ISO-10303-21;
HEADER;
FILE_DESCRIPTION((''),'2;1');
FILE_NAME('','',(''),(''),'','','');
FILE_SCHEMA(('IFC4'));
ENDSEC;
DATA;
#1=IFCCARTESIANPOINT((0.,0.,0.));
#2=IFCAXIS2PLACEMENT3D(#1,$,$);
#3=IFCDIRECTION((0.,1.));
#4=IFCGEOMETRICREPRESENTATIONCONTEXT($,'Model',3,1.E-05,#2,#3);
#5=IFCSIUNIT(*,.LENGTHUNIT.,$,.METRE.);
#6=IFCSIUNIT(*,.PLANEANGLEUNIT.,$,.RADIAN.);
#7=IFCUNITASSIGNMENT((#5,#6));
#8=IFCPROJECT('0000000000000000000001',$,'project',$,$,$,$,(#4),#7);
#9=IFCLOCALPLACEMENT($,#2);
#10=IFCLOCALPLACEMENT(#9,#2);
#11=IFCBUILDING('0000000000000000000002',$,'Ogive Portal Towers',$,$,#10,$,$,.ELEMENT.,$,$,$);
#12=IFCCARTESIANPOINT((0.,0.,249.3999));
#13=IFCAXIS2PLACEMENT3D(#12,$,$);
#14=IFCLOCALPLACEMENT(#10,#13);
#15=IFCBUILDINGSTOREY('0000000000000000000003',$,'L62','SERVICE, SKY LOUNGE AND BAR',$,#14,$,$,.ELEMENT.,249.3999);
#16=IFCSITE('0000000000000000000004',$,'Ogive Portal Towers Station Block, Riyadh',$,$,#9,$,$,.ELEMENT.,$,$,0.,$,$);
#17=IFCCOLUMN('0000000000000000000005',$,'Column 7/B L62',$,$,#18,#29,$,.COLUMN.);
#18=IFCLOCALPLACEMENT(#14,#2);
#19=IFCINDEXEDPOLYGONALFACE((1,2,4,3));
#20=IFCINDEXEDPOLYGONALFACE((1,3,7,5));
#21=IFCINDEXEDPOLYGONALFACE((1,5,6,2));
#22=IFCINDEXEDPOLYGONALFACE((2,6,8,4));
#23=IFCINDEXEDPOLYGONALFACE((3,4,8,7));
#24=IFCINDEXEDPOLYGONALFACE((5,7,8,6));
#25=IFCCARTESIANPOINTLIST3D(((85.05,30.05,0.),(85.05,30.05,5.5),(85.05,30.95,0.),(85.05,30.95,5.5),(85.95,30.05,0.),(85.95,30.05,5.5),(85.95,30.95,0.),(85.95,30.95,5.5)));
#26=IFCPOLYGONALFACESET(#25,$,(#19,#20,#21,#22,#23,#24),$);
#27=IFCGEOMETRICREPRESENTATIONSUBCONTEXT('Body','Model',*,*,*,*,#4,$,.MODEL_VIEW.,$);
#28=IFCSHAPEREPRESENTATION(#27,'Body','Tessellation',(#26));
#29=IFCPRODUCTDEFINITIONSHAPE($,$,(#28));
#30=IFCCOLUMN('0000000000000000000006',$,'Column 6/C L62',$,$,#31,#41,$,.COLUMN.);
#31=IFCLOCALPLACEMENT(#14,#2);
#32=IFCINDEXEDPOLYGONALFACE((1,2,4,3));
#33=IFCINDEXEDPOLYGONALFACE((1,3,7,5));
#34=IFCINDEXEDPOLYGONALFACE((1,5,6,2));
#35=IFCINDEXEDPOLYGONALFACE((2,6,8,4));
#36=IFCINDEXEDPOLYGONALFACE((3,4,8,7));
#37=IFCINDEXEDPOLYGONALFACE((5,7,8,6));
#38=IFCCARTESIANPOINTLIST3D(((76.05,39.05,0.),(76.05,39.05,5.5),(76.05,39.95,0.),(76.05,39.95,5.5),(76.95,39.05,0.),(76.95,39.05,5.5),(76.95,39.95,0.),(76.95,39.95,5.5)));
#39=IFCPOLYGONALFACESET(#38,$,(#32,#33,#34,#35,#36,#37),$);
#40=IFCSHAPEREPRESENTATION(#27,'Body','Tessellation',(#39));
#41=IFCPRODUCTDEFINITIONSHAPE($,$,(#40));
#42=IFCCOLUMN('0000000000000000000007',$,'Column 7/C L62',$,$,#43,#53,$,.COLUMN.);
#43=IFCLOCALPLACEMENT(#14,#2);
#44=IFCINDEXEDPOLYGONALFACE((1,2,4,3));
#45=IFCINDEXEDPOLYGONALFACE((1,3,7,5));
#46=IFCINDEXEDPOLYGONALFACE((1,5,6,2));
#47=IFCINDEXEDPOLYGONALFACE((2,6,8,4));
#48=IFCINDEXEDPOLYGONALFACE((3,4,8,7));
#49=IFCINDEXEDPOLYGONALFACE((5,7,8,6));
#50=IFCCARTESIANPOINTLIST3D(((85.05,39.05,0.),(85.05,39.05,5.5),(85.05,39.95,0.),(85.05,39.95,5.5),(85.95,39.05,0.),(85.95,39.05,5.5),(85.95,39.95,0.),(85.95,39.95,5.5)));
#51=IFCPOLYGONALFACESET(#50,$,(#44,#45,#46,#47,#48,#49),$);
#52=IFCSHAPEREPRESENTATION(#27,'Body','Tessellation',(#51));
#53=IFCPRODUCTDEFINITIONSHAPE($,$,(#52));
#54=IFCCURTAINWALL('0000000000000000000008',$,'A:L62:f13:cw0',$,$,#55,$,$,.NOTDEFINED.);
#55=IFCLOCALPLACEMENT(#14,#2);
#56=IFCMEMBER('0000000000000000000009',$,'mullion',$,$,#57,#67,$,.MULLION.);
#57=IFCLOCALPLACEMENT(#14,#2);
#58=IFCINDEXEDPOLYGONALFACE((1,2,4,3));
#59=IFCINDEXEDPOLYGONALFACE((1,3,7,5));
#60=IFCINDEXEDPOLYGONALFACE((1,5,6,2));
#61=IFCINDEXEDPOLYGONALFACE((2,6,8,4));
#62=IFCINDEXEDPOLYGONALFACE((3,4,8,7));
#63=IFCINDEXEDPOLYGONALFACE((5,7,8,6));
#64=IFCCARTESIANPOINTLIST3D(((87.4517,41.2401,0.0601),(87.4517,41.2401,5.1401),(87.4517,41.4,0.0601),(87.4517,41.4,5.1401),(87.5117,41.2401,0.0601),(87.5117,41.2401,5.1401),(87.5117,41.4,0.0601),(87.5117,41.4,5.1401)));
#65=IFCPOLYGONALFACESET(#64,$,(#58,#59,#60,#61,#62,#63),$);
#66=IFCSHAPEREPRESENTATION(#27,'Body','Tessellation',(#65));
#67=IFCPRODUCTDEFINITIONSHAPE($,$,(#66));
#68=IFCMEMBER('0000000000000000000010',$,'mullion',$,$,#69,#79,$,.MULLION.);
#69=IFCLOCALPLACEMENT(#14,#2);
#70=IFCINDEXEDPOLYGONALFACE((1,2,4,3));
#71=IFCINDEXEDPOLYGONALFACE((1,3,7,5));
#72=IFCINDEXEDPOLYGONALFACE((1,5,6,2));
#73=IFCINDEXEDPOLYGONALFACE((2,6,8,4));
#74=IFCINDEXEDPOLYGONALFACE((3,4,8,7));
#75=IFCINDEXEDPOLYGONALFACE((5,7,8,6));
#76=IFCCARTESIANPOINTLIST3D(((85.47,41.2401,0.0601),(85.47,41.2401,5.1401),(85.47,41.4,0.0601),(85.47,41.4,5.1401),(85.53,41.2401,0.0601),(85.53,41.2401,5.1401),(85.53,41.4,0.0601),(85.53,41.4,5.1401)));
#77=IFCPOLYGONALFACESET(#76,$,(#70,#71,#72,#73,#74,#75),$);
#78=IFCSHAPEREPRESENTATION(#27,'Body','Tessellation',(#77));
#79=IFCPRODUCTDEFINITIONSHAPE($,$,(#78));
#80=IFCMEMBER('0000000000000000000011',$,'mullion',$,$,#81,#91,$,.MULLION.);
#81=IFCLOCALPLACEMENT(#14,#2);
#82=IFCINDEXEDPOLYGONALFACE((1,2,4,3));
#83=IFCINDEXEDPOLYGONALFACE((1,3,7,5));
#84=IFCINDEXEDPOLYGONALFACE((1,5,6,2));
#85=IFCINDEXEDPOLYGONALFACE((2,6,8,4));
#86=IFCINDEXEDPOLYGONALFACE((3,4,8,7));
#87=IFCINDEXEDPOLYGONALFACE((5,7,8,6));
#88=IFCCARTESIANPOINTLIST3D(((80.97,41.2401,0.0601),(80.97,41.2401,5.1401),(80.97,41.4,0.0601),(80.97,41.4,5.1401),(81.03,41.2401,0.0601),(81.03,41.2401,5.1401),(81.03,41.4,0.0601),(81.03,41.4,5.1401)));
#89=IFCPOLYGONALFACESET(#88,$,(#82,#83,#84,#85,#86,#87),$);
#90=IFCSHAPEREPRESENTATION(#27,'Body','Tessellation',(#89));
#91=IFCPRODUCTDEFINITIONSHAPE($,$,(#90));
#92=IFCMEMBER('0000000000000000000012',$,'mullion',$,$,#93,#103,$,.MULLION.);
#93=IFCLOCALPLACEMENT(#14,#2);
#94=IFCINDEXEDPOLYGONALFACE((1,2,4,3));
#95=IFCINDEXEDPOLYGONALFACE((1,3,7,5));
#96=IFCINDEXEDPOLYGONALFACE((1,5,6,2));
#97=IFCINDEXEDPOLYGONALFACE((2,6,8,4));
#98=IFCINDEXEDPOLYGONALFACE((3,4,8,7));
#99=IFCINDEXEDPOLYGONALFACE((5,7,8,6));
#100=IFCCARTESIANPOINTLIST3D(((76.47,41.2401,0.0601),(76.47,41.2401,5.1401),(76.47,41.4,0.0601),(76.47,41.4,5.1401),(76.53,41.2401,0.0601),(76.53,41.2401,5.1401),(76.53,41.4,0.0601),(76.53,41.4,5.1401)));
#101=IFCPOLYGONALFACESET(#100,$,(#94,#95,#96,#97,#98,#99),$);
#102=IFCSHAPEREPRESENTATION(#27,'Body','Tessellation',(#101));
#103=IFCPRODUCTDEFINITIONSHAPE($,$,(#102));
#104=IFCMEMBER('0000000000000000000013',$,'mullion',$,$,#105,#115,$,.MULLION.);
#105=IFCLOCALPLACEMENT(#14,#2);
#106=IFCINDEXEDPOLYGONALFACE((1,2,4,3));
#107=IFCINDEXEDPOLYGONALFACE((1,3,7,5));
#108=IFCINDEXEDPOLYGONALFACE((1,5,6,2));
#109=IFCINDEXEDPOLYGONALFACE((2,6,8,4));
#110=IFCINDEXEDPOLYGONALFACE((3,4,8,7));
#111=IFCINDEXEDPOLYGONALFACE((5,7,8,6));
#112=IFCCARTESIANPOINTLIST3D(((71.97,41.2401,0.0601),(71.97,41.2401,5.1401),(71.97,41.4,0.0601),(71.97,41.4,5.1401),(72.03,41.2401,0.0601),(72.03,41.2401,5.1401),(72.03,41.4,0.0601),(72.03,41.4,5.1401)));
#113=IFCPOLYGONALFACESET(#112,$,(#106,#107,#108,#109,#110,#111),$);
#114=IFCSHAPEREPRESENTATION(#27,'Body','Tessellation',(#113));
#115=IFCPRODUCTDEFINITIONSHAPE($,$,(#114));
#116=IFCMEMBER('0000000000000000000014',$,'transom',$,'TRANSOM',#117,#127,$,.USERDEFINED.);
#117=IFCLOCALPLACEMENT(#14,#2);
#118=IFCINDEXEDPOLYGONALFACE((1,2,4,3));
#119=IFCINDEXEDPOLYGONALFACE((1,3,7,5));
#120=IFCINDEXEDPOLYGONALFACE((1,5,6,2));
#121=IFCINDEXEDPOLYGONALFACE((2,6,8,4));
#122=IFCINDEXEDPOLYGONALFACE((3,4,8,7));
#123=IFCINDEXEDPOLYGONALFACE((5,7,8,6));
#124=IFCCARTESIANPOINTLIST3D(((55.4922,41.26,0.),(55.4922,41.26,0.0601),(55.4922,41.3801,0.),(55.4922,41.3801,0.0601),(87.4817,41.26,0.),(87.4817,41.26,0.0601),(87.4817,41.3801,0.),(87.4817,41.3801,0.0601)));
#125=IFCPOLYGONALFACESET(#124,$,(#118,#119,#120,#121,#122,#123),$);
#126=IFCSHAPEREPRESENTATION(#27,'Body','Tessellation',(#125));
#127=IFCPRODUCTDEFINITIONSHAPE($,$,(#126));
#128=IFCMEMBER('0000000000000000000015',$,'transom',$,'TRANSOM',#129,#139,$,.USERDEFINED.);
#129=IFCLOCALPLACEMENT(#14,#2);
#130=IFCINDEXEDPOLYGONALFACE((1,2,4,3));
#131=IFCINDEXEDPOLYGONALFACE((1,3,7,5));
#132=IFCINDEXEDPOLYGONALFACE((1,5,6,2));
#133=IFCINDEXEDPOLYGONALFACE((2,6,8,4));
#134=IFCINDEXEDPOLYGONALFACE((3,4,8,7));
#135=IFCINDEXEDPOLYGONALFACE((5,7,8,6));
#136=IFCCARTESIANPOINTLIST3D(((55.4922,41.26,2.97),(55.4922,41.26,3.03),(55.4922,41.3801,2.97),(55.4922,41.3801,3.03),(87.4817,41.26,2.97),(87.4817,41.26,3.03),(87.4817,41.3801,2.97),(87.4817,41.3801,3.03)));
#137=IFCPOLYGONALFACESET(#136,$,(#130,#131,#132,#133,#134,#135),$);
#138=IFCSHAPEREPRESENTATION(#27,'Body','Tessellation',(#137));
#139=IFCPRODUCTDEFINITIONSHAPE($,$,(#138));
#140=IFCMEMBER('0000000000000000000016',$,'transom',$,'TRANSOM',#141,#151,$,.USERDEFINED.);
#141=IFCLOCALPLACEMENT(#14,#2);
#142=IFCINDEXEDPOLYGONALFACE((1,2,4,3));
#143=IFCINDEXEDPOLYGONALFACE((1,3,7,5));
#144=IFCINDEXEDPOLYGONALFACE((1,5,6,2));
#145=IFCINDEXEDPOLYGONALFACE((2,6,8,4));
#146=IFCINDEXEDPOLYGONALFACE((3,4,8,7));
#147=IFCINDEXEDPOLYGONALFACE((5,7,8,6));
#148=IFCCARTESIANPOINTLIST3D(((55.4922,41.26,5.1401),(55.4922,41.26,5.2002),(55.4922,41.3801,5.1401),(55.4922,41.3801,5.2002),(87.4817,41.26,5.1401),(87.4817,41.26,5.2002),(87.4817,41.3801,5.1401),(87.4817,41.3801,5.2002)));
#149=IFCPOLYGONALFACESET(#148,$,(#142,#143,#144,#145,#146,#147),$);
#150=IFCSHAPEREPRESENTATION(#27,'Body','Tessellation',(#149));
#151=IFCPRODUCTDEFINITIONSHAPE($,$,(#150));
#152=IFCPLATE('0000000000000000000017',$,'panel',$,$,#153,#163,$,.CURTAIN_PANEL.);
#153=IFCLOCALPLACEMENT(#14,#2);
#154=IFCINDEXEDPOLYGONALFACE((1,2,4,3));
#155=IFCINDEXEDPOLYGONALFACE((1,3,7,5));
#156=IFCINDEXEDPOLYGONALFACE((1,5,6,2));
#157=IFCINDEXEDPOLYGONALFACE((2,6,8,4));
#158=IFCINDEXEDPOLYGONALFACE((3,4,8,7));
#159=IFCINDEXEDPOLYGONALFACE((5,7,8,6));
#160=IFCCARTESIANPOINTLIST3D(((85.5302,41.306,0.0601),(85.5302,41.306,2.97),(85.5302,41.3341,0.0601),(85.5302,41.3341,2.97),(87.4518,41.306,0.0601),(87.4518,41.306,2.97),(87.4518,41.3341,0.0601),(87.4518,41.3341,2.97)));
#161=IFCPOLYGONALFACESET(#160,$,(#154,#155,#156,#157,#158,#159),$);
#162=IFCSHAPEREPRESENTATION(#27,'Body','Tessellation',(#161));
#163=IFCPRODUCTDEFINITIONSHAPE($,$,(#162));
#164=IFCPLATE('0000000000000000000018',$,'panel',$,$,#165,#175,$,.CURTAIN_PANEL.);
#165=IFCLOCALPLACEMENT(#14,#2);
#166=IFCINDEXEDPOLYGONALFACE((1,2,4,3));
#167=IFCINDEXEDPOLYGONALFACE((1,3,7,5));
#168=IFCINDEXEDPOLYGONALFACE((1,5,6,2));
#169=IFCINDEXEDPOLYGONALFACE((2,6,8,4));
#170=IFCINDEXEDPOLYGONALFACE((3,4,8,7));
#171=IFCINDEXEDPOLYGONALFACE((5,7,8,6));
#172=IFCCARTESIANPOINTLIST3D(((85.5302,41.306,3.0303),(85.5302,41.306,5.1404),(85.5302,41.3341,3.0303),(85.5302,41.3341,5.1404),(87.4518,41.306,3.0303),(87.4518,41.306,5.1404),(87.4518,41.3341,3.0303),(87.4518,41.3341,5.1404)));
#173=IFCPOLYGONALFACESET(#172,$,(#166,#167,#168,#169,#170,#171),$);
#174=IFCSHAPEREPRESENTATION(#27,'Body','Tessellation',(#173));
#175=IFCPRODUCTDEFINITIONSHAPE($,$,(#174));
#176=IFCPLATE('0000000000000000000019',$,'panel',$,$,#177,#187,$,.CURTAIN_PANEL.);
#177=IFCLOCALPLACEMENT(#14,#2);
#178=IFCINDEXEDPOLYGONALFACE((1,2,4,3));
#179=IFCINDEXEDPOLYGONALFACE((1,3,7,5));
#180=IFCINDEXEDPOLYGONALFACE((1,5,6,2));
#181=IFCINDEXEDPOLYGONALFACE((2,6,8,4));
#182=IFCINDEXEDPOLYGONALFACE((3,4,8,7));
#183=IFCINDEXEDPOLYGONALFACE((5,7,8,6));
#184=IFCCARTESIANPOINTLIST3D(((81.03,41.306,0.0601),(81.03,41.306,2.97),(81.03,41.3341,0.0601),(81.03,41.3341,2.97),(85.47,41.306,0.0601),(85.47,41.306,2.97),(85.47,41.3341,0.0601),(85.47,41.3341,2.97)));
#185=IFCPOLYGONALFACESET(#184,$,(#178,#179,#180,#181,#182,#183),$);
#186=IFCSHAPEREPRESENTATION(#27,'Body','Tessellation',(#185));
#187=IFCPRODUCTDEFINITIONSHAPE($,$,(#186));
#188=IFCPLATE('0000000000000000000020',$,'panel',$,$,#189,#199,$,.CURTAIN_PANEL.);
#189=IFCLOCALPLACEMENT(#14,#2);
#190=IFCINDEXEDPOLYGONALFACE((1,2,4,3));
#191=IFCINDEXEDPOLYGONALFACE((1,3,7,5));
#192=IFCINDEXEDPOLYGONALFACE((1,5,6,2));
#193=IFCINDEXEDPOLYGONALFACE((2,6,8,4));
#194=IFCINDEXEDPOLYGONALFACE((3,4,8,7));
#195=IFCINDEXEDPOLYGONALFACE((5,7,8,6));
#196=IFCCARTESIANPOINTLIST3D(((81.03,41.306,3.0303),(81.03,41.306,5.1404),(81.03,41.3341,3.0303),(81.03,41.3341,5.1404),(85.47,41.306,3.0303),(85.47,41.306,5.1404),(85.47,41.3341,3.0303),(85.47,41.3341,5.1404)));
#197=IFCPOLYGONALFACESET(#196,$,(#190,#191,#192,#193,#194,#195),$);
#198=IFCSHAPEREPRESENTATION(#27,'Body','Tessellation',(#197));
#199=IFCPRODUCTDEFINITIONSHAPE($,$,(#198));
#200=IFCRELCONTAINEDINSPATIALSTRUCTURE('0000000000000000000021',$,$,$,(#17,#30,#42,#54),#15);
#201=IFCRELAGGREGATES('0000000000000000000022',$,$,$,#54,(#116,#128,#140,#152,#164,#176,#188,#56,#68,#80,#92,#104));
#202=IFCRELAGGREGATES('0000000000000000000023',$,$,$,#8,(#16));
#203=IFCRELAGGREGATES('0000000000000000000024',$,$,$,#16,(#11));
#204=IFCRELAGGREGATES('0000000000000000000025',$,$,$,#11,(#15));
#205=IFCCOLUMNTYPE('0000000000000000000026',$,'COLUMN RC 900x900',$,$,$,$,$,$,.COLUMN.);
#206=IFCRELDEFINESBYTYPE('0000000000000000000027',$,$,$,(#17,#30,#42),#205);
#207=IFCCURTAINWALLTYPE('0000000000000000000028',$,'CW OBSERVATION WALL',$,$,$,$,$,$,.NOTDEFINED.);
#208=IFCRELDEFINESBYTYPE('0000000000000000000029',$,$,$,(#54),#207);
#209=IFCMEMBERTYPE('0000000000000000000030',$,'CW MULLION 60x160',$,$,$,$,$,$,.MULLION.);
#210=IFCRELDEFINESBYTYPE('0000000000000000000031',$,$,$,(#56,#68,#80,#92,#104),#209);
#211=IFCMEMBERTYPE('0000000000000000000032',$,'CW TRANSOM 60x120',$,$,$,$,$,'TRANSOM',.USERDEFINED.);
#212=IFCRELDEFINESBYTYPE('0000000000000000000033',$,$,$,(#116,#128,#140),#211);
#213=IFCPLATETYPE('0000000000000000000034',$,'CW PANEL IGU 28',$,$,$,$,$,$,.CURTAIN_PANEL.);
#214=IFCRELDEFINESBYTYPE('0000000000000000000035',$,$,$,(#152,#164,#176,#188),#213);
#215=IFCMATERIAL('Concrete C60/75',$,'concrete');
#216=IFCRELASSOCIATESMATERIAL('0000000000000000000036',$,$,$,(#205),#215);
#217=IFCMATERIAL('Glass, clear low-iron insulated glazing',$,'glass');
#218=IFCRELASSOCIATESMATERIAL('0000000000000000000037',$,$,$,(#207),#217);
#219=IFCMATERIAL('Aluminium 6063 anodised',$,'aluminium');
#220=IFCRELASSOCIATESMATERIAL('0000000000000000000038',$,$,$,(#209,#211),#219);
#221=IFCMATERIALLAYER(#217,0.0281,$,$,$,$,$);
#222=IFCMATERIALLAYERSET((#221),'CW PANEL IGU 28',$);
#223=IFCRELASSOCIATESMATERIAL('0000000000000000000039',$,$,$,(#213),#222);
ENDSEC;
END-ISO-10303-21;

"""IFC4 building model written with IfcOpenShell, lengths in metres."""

from ifc_helpers import new_model, si_unit, direction, frame, origin, origin_2d, place, context, subcontext, project, spatial, rectangle, extrude, material, layer, layer_set, material_profile, profile_set, type_object, element, aggregate, save


model = new_model("IFC4")

# Units and contexts
model_context = context("Model", 3, precision=1e-05, world=origin(), true_north=direction((0.0, 1.0)))
body_context = subcontext(model_context, "Body", "Model", "MODEL_VIEW")
ifc_project = project(units=[si_unit("LENGTHUNIT", "METRE"), si_unit("PLANEANGLEUNIT", "RADIAN")], contexts=[model_context])

# Site, building, storey
site_placement = place(None, origin())
site = spatial("IfcSite", under=ifc_project, at=site_placement, Name="Ogive Portal Towers Station Block, Riyadh", CompositionType="ELEMENT", RefElevation=0.0)
building_placement = place(site_placement, origin())
building = spatial("IfcBuilding", under=site, at=building_placement, Name="Ogive Portal Towers", CompositionType="ELEMENT")
storey_placement = place(building_placement, frame((0.0, 0.0, 249.3999)))
storey = spatial("IfcBuildingStorey", under=building, at=storey_placement, Name="L62", Description="SERVICE, SKY LOUNGE AND BAR", CompositionType="ELEMENT", Elevation=249.3999)

# Columns
ifc_material_1 = material(Name="Concrete C60/75", Category="concrete")
ifc_material_profile_1 = material_profile(ifc_material_1, rectangle(XDim=0.8999, YDim=0.8999, at=origin_2d()), Name="RC 900x900")
ifc_profile_set_1 = profile_set([ifc_material_profile_1], Name="Concrete C60/75")
column_type = type_object("IfcColumnType", Name="COLUMN RC 900x900", PredefinedType="COLUMN", material=ifc_profile_set_1)
for number, where, z_axis, x_axis, name in (
    (1, (85.5, 30.5, 0.0), (0.0, 0.0, 1.0), (1.0, 0.0, 0.0), "Column 7/B L62"),
    (2, (76.5, 39.5, 0.0), (0.0, 0.0, 1.0), (1.0, 0.0, 0.0), "Column 6/C L62"),
    (3, (85.5, 39.5, 0.0), (0.0, 0.0, 1.0), (1.0, 0.0, 0.0), "Column 7/C L62"),
):
    element("IfcColumn", number, at=place(storey_placement, frame(where, z_axis=z_axis, x_axis=x_axis)), inside=storey, type_object=column_type, Name=name, PredefinedType="COLUMN", context=body_context, shape_type="SweptSolid", body=[
        extrude(rectangle(XDim=0.8999, YDim=0.8999, at=origin_2d()), origin(), (0.0, 0.0, 1.0), 5.5),
    ])

# Curtain wall, members, plates
ifc_material_2 = material(Name="Glass, clear low-iron insulated glazing", Category="glass")
curtain_wall_type = type_object("IfcCurtainWallType", Name="CW OBSERVATION WALL", PredefinedType="NOTDEFINED", material=ifc_material_2)
curtain_wall_placement = place(storey_placement, origin())
curtain_wall = element("IfcCurtainWall", 4, at=curtain_wall_placement, inside=storey, type_object=curtain_wall_type, Name="A:L62:f13:cw0", PredefinedType="NOTDEFINED")
ifc_material_3 = material(Name="Aluminium 6063 anodised", Category="aluminium")
ifc_material_profile_2 = material_profile(ifc_material_3, rectangle(XDim=0.1599, YDim=0.0601, at=origin_2d()), Name="AL 60x160")
ifc_profile_set_2 = profile_set([ifc_material_profile_2], Name="Aluminium 6063 anodised")
member_type_1 = type_object("IfcMemberType", Name="CW MULLION 60x160", PredefinedType="MULLION", material=ifc_profile_set_2)
member_1_placement = place(storey_placement, frame((87.4817, 41.3201, 0.0601), z_axis=(0.0, 0.0, 1.0), x_axis=(0.0, -1.0, 0.0)))
member_1 = element("IfcMember", 5, at=member_1_placement, type_object=member_type_1, Name="mullion", PredefinedType="MULLION", context=body_context, shape_type="SweptSolid", body=[
    extrude(rectangle(XDim=0.1599, YDim=0.0601, at=origin_2d()), origin(), (0.0, 0.0, 1.0), 5.0801),
])
member_2_placement = place(storey_placement, frame((85.5, 41.3201, 0.0601), z_axis=(0.0, 0.0, 1.0), x_axis=(0.0, -1.0, 0.0)))
member_2 = element("IfcMember", 6, at=member_2_placement, type_object=member_type_1, Name="mullion", PredefinedType="MULLION", context=body_context, shape_type="SweptSolid", body=[
    extrude(rectangle(XDim=0.1599, YDim=0.0601, at=origin_2d()), origin(), (0.0, 0.0, 1.0), 5.0801),
])
member_3_placement = place(storey_placement, frame((81.0, 41.3201, 0.0601), z_axis=(0.0, 0.0, 1.0), x_axis=(0.0, -1.0, 0.0)))
member_3 = element("IfcMember", 7, at=member_3_placement, type_object=member_type_1, Name="mullion", PredefinedType="MULLION", context=body_context, shape_type="SweptSolid", body=[
    extrude(rectangle(XDim=0.1599, YDim=0.0601, at=origin_2d()), origin(), (0.0, 0.0, 1.0), 5.0801),
])
member_4_placement = place(storey_placement, frame((76.5, 41.3201, 0.0601), z_axis=(0.0, 0.0, 1.0), x_axis=(0.0, -1.0, 0.0)))
member_4 = element("IfcMember", 8, at=member_4_placement, type_object=member_type_1, Name="mullion", PredefinedType="MULLION", context=body_context, shape_type="SweptSolid", body=[
    extrude(rectangle(XDim=0.1599, YDim=0.0601, at=origin_2d()), origin(), (0.0, 0.0, 1.0), 5.0801),
])
member_5_placement = place(storey_placement, frame((72.0, 41.3201, 0.0601), z_axis=(0.0, 0.0, 1.0), x_axis=(0.0, -1.0, 0.0)))
member_5 = element("IfcMember", 9, at=member_5_placement, type_object=member_type_1, Name="mullion", PredefinedType="MULLION", context=body_context, shape_type="SweptSolid", body=[
    extrude(rectangle(XDim=0.1599, YDim=0.0601, at=origin_2d()), origin(), (0.0, 0.0, 1.0), 5.0801),
])
ifc_material_profile_3 = material_profile(ifc_material_3, rectangle(XDim=0.1201, YDim=0.0601, at=origin_2d()), Name="AL 120x60")
ifc_profile_set_3 = profile_set([ifc_material_profile_3], Name="Aluminium 6063 anodised")
member_type_2 = type_object("IfcMemberType", Name="CW TRANSOM 60x120", ElementType="TRANSOM", PredefinedType="USERDEFINED", material=ifc_profile_set_3)
member_6_placement = place(storey_placement, frame((87.4817, 41.3201, 0.03), z_axis=(-1.0, 0.0, 0.0), x_axis=(0.0, -1.0, 0.0)))
member_6 = element("IfcMember", 10, at=member_6_placement, type_object=member_type_2, Name="transom", ObjectType="TRANSOM", PredefinedType="USERDEFINED", context=body_context, shape_type="SweptSolid", body=[
    extrude(rectangle(XDim=0.1201, YDim=0.0601, at=origin_2d()), origin(), (0.0, 0.0, 1.0), 31.9895),
])
member_7_placement = place(storey_placement, frame((87.4817, 41.3201, 3.0), z_axis=(-1.0, 0.0, 0.0), x_axis=(0.0, -1.0, 0.0)))
member_7 = element("IfcMember", 11, at=member_7_placement, type_object=member_type_2, Name="transom", ObjectType="TRANSOM", PredefinedType="USERDEFINED", context=body_context, shape_type="SweptSolid", body=[
    extrude(rectangle(XDim=0.1201, YDim=0.0601, at=origin_2d()), origin(), (0.0, 0.0, 1.0), 31.9895),
])
member_8_placement = place(storey_placement, frame((87.4817, 41.3201, 5.1702), z_axis=(-1.0, 0.0, 0.0), x_axis=(0.0, -1.0, 0.0)))
member_8 = element("IfcMember", 12, at=member_8_placement, type_object=member_type_2, Name="transom", ObjectType="TRANSOM", PredefinedType="USERDEFINED", context=body_context, shape_type="SweptSolid", body=[
    extrude(rectangle(XDim=0.1201, YDim=0.0601, at=origin_2d()), origin(), (0.0, 0.0, 1.0), 31.9895),
])
ifc_layer_1 = layer(ifc_material_2, 0.0281)
ifc_layer_set_1 = layer_set([ifc_layer_1], Name="CW PANEL IGU 28")
plate_type = type_object("IfcPlateType", Name="CW PANEL IGU 28", PredefinedType="CURTAIN_PANEL", material=ifc_layer_set_1)
plate_1_placement = place(storey_placement, frame((86.491, 41.3201, 0.0601), z_axis=(0.0, 0.0, 1.0), x_axis=(-1.0, 0.0, 0.0)))
plate_1 = element("IfcPlate", 13, at=plate_1_placement, type_object=plate_type, Name="panel", PredefinedType="CURTAIN_PANEL", context=body_context, shape_type="SweptSolid", body=[
    extrude(rectangle(XDim=1.9216, YDim=0.0281, at=origin_2d()), origin(), (0.0, 0.0, 1.0), 2.9099),
])
plate_2_placement = place(storey_placement, frame((86.491, 41.3201, 3.0303), z_axis=(0.0, 0.0, 1.0), x_axis=(-1.0, 0.0, 0.0)))
plate_2 = element("IfcPlate", 14, at=plate_2_placement, type_object=plate_type, Name="panel", PredefinedType="CURTAIN_PANEL", context=body_context, shape_type="SweptSolid", body=[
    extrude(rectangle(XDim=1.9216, YDim=0.0281, at=origin_2d()), origin(), (0.0, 0.0, 1.0), 2.1101),
])
plate_3_placement = place(storey_placement, frame((83.25, 41.3201, 0.0601), z_axis=(0.0, 0.0, 1.0), x_axis=(-1.0, 0.0, 0.0)))
plate_3 = element("IfcPlate", 15, at=plate_3_placement, type_object=plate_type, Name="panel", PredefinedType="CURTAIN_PANEL", context=body_context, shape_type="SweptSolid", body=[
    extrude(rectangle(XDim=4.4399, YDim=0.0281, at=origin_2d()), origin(), (0.0, 0.0, 1.0), 2.9099),
])
plate_4_placement = place(storey_placement, frame((83.25, 41.3201, 3.0303), z_axis=(0.0, 0.0, 1.0), x_axis=(-1.0, 0.0, 0.0)))
plate_4 = element("IfcPlate", 16, at=plate_4_placement, type_object=plate_type, Name="panel", PredefinedType="CURTAIN_PANEL", context=body_context, shape_type="SweptSolid", body=[
    extrude(rectangle(XDim=4.4399, YDim=0.0281, at=origin_2d()), origin(), (0.0, 0.0, 1.0), 2.1101),
])
aggregate(curtain_wall, [member_6, member_7, member_8, plate_1, plate_2, plate_3, plate_4, member_1, member_2, member_3, member_4, member_5])

save(model, "model.ifc")
